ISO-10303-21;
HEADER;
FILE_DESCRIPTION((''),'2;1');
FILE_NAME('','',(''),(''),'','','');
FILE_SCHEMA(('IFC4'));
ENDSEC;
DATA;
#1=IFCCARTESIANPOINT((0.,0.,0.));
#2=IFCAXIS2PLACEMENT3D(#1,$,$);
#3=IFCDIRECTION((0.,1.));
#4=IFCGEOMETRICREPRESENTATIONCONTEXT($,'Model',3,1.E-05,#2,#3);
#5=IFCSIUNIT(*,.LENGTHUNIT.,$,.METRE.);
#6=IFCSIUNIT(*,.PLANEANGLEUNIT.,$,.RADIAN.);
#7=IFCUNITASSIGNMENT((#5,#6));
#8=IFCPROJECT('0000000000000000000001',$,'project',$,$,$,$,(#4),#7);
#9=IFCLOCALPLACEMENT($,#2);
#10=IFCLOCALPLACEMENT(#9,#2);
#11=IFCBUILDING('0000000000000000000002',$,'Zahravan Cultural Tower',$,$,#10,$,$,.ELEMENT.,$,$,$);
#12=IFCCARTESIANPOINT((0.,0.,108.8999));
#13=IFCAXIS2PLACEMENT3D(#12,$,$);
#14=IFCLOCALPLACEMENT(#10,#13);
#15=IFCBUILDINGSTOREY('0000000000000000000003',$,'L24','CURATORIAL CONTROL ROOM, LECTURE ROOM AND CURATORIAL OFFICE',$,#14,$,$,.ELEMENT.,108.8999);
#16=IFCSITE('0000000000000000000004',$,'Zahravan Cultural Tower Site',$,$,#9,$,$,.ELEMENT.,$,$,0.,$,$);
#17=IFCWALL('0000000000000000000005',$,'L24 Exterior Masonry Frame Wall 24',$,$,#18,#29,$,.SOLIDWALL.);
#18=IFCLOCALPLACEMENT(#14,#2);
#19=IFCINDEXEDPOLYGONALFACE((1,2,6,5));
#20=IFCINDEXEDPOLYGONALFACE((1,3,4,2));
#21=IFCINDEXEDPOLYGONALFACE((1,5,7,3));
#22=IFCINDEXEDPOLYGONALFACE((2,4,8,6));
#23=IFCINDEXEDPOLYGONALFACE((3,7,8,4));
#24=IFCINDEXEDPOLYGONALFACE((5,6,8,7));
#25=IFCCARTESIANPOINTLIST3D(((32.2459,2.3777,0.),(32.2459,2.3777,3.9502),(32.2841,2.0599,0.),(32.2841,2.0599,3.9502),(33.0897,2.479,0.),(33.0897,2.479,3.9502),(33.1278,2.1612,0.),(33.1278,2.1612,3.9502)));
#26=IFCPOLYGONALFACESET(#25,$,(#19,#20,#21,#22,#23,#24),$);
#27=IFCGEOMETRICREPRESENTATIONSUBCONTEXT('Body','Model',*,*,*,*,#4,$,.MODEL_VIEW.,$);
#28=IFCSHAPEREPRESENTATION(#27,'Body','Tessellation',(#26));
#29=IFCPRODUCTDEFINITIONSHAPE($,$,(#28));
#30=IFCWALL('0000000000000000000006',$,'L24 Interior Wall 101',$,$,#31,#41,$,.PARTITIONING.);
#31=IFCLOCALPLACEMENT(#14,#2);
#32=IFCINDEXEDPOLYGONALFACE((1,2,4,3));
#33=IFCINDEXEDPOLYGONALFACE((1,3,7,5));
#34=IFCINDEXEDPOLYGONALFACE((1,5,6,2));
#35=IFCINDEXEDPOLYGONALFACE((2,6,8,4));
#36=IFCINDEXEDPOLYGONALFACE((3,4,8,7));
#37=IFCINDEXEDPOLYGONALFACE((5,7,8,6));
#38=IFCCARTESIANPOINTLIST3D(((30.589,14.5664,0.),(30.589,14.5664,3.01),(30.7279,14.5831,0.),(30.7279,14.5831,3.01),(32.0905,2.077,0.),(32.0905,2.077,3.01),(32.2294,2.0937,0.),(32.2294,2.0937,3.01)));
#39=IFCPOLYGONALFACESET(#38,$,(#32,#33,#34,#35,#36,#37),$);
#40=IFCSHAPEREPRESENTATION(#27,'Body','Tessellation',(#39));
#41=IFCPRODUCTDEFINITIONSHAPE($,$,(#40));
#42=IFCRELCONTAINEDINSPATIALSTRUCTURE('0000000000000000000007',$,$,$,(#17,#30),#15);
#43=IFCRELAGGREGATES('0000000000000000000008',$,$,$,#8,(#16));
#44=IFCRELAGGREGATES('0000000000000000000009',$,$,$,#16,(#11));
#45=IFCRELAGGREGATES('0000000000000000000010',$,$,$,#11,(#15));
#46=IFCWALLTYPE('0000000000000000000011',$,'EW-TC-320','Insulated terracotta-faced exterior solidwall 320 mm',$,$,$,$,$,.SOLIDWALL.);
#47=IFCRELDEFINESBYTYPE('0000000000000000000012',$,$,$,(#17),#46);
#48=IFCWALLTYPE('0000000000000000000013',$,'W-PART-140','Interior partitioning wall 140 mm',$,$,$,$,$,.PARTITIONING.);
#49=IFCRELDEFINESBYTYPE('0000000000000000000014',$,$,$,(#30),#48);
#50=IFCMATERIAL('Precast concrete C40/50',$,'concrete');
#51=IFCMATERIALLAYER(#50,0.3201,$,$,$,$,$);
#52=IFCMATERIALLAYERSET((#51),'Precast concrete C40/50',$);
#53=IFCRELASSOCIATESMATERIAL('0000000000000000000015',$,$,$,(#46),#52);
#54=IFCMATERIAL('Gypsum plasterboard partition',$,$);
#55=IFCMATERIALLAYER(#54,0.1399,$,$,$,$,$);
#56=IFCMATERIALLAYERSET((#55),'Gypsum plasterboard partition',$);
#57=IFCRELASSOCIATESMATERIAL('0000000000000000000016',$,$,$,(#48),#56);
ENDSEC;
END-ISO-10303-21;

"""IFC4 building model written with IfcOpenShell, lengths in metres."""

from ifc_helpers import new_model, si_unit, direction, frame, frame_2d, origin, place, context, subcontext, project, spatial, rectangle, extrude, source, transform, mapped, material, layer, layer_set, type_object, element, save


model = new_model("IFC4")

# Units and contexts
model_context = context("Model", 3, precision=1e-05, world=origin(), true_north=direction((0.0, 1.0)))
body_context = subcontext(model_context, "Body", "Model", "MODEL_VIEW")
ifc_project = project(units=[si_unit("LENGTHUNIT", "METRE"), si_unit("PLANEANGLEUNIT", "RADIAN")], contexts=[model_context])

# Site, building, storey
site_placement = place(None, origin())
site = spatial("IfcSite", under=ifc_project, at=site_placement, Name="Zahravan Cultural Tower Site", CompositionType="ELEMENT", RefElevation=0.0)
building_placement = place(site_placement, origin())
building = spatial("IfcBuilding", under=site, at=building_placement, Name="Zahravan Cultural Tower", CompositionType="ELEMENT")
storey_placement = place(building_placement, frame((0.0, 0.0, 108.8999)))
storey = spatial("IfcBuildingStorey", under=building, at=storey_placement, Name="L24", Description="CURATORIAL CONTROL ROOM, LECTURE ROOM AND CURATORIAL OFFICE", CompositionType="ELEMENT", Elevation=108.8999)

# Walls
ifc_material_1 = material(Name="Precast concrete C40/50", Category="concrete")
ifc_layer_1 = layer(ifc_material_1, 0.3201)
ifc_layer_set_1 = layer_set([ifc_layer_1], Name="Precast concrete C40/50")
wall_type_1 = type_object("IfcWallType", Name="EW-TC-320", Description="Insulated terracotta-faced exterior solidwall 320 mm", PredefinedType="SOLIDWALL", material=ifc_layer_set_1)
shared_shape_1 = source(origin(), body_context, "Body", "SweptSolid", [
    extrude(rectangle(XDim=0.8499, YDim=0.3201, at=frame_2d((0.4248, 0.0))), origin(), (0.0, 0.0, 1.0), 3.9502),
])
wall_1_placement = place(storey_placement, frame((33.1086, 2.3201, 0.0), z_axis=(0.0, 0.0, 1.0), x_axis=(-0.992867, -0.119225, 0.0)))
element("IfcWall", 1, at=wall_1_placement, inside=storey, type_object=wall_type_1, Name="L24 Exterior Masonry Frame Wall 24", PredefinedType="SOLIDWALL", context=body_context, shape_type="MappedRepresentation", body=[
    mapped(shared_shape_1, transform((0.0, 0.0, 0.0), x_axis=(1.0, 0.0, 0.0), y_axis=(0.0, 1.0, 0.0), z_axis=(0.0, 0.0, 1.0), scale=1.0)),
])
ifc_material_2 = material(Name="Gypsum plasterboard partition")
ifc_layer_2 = layer(ifc_material_2, 0.1399)
ifc_layer_set_2 = layer_set([ifc_layer_2], Name="Gypsum plasterboard partition")
wall_type_2 = type_object("IfcWallType", Name="W-PART-140", Description="Interior partitioning wall 140 mm", PredefinedType="PARTITIONING", material=ifc_layer_set_2)
shared_shape_2 = source(origin(), body_context, "Body", "SweptSolid", [
    extrude(rectangle(XDim=12.5793, YDim=0.1399, at=frame_2d((6.2896, 0.0))), origin(), (0.0, 0.0, 1.0), 3.01),
])
wall_2_placement = place(storey_placement, frame((32.1599, 2.0854, 0.0), z_axis=(0.0, 0.0, 1.0), x_axis=(-0.119359, 0.992851, 0.0)))
element("IfcWall", 2, at=wall_2_placement, inside=storey, type_object=wall_type_2, Name="L24 Interior Wall 101", PredefinedType="PARTITIONING", context=body_context, shape_type="MappedRepresentation", body=[
    mapped(shared_shape_2, transform((0.0, 0.0, 0.0), x_axis=(1.0, 0.0, 0.0), y_axis=(0.0, 1.0, 0.0), z_axis=(0.0, 0.0, 1.0), scale=1.0)),
])

save(model, "model.ifc")
